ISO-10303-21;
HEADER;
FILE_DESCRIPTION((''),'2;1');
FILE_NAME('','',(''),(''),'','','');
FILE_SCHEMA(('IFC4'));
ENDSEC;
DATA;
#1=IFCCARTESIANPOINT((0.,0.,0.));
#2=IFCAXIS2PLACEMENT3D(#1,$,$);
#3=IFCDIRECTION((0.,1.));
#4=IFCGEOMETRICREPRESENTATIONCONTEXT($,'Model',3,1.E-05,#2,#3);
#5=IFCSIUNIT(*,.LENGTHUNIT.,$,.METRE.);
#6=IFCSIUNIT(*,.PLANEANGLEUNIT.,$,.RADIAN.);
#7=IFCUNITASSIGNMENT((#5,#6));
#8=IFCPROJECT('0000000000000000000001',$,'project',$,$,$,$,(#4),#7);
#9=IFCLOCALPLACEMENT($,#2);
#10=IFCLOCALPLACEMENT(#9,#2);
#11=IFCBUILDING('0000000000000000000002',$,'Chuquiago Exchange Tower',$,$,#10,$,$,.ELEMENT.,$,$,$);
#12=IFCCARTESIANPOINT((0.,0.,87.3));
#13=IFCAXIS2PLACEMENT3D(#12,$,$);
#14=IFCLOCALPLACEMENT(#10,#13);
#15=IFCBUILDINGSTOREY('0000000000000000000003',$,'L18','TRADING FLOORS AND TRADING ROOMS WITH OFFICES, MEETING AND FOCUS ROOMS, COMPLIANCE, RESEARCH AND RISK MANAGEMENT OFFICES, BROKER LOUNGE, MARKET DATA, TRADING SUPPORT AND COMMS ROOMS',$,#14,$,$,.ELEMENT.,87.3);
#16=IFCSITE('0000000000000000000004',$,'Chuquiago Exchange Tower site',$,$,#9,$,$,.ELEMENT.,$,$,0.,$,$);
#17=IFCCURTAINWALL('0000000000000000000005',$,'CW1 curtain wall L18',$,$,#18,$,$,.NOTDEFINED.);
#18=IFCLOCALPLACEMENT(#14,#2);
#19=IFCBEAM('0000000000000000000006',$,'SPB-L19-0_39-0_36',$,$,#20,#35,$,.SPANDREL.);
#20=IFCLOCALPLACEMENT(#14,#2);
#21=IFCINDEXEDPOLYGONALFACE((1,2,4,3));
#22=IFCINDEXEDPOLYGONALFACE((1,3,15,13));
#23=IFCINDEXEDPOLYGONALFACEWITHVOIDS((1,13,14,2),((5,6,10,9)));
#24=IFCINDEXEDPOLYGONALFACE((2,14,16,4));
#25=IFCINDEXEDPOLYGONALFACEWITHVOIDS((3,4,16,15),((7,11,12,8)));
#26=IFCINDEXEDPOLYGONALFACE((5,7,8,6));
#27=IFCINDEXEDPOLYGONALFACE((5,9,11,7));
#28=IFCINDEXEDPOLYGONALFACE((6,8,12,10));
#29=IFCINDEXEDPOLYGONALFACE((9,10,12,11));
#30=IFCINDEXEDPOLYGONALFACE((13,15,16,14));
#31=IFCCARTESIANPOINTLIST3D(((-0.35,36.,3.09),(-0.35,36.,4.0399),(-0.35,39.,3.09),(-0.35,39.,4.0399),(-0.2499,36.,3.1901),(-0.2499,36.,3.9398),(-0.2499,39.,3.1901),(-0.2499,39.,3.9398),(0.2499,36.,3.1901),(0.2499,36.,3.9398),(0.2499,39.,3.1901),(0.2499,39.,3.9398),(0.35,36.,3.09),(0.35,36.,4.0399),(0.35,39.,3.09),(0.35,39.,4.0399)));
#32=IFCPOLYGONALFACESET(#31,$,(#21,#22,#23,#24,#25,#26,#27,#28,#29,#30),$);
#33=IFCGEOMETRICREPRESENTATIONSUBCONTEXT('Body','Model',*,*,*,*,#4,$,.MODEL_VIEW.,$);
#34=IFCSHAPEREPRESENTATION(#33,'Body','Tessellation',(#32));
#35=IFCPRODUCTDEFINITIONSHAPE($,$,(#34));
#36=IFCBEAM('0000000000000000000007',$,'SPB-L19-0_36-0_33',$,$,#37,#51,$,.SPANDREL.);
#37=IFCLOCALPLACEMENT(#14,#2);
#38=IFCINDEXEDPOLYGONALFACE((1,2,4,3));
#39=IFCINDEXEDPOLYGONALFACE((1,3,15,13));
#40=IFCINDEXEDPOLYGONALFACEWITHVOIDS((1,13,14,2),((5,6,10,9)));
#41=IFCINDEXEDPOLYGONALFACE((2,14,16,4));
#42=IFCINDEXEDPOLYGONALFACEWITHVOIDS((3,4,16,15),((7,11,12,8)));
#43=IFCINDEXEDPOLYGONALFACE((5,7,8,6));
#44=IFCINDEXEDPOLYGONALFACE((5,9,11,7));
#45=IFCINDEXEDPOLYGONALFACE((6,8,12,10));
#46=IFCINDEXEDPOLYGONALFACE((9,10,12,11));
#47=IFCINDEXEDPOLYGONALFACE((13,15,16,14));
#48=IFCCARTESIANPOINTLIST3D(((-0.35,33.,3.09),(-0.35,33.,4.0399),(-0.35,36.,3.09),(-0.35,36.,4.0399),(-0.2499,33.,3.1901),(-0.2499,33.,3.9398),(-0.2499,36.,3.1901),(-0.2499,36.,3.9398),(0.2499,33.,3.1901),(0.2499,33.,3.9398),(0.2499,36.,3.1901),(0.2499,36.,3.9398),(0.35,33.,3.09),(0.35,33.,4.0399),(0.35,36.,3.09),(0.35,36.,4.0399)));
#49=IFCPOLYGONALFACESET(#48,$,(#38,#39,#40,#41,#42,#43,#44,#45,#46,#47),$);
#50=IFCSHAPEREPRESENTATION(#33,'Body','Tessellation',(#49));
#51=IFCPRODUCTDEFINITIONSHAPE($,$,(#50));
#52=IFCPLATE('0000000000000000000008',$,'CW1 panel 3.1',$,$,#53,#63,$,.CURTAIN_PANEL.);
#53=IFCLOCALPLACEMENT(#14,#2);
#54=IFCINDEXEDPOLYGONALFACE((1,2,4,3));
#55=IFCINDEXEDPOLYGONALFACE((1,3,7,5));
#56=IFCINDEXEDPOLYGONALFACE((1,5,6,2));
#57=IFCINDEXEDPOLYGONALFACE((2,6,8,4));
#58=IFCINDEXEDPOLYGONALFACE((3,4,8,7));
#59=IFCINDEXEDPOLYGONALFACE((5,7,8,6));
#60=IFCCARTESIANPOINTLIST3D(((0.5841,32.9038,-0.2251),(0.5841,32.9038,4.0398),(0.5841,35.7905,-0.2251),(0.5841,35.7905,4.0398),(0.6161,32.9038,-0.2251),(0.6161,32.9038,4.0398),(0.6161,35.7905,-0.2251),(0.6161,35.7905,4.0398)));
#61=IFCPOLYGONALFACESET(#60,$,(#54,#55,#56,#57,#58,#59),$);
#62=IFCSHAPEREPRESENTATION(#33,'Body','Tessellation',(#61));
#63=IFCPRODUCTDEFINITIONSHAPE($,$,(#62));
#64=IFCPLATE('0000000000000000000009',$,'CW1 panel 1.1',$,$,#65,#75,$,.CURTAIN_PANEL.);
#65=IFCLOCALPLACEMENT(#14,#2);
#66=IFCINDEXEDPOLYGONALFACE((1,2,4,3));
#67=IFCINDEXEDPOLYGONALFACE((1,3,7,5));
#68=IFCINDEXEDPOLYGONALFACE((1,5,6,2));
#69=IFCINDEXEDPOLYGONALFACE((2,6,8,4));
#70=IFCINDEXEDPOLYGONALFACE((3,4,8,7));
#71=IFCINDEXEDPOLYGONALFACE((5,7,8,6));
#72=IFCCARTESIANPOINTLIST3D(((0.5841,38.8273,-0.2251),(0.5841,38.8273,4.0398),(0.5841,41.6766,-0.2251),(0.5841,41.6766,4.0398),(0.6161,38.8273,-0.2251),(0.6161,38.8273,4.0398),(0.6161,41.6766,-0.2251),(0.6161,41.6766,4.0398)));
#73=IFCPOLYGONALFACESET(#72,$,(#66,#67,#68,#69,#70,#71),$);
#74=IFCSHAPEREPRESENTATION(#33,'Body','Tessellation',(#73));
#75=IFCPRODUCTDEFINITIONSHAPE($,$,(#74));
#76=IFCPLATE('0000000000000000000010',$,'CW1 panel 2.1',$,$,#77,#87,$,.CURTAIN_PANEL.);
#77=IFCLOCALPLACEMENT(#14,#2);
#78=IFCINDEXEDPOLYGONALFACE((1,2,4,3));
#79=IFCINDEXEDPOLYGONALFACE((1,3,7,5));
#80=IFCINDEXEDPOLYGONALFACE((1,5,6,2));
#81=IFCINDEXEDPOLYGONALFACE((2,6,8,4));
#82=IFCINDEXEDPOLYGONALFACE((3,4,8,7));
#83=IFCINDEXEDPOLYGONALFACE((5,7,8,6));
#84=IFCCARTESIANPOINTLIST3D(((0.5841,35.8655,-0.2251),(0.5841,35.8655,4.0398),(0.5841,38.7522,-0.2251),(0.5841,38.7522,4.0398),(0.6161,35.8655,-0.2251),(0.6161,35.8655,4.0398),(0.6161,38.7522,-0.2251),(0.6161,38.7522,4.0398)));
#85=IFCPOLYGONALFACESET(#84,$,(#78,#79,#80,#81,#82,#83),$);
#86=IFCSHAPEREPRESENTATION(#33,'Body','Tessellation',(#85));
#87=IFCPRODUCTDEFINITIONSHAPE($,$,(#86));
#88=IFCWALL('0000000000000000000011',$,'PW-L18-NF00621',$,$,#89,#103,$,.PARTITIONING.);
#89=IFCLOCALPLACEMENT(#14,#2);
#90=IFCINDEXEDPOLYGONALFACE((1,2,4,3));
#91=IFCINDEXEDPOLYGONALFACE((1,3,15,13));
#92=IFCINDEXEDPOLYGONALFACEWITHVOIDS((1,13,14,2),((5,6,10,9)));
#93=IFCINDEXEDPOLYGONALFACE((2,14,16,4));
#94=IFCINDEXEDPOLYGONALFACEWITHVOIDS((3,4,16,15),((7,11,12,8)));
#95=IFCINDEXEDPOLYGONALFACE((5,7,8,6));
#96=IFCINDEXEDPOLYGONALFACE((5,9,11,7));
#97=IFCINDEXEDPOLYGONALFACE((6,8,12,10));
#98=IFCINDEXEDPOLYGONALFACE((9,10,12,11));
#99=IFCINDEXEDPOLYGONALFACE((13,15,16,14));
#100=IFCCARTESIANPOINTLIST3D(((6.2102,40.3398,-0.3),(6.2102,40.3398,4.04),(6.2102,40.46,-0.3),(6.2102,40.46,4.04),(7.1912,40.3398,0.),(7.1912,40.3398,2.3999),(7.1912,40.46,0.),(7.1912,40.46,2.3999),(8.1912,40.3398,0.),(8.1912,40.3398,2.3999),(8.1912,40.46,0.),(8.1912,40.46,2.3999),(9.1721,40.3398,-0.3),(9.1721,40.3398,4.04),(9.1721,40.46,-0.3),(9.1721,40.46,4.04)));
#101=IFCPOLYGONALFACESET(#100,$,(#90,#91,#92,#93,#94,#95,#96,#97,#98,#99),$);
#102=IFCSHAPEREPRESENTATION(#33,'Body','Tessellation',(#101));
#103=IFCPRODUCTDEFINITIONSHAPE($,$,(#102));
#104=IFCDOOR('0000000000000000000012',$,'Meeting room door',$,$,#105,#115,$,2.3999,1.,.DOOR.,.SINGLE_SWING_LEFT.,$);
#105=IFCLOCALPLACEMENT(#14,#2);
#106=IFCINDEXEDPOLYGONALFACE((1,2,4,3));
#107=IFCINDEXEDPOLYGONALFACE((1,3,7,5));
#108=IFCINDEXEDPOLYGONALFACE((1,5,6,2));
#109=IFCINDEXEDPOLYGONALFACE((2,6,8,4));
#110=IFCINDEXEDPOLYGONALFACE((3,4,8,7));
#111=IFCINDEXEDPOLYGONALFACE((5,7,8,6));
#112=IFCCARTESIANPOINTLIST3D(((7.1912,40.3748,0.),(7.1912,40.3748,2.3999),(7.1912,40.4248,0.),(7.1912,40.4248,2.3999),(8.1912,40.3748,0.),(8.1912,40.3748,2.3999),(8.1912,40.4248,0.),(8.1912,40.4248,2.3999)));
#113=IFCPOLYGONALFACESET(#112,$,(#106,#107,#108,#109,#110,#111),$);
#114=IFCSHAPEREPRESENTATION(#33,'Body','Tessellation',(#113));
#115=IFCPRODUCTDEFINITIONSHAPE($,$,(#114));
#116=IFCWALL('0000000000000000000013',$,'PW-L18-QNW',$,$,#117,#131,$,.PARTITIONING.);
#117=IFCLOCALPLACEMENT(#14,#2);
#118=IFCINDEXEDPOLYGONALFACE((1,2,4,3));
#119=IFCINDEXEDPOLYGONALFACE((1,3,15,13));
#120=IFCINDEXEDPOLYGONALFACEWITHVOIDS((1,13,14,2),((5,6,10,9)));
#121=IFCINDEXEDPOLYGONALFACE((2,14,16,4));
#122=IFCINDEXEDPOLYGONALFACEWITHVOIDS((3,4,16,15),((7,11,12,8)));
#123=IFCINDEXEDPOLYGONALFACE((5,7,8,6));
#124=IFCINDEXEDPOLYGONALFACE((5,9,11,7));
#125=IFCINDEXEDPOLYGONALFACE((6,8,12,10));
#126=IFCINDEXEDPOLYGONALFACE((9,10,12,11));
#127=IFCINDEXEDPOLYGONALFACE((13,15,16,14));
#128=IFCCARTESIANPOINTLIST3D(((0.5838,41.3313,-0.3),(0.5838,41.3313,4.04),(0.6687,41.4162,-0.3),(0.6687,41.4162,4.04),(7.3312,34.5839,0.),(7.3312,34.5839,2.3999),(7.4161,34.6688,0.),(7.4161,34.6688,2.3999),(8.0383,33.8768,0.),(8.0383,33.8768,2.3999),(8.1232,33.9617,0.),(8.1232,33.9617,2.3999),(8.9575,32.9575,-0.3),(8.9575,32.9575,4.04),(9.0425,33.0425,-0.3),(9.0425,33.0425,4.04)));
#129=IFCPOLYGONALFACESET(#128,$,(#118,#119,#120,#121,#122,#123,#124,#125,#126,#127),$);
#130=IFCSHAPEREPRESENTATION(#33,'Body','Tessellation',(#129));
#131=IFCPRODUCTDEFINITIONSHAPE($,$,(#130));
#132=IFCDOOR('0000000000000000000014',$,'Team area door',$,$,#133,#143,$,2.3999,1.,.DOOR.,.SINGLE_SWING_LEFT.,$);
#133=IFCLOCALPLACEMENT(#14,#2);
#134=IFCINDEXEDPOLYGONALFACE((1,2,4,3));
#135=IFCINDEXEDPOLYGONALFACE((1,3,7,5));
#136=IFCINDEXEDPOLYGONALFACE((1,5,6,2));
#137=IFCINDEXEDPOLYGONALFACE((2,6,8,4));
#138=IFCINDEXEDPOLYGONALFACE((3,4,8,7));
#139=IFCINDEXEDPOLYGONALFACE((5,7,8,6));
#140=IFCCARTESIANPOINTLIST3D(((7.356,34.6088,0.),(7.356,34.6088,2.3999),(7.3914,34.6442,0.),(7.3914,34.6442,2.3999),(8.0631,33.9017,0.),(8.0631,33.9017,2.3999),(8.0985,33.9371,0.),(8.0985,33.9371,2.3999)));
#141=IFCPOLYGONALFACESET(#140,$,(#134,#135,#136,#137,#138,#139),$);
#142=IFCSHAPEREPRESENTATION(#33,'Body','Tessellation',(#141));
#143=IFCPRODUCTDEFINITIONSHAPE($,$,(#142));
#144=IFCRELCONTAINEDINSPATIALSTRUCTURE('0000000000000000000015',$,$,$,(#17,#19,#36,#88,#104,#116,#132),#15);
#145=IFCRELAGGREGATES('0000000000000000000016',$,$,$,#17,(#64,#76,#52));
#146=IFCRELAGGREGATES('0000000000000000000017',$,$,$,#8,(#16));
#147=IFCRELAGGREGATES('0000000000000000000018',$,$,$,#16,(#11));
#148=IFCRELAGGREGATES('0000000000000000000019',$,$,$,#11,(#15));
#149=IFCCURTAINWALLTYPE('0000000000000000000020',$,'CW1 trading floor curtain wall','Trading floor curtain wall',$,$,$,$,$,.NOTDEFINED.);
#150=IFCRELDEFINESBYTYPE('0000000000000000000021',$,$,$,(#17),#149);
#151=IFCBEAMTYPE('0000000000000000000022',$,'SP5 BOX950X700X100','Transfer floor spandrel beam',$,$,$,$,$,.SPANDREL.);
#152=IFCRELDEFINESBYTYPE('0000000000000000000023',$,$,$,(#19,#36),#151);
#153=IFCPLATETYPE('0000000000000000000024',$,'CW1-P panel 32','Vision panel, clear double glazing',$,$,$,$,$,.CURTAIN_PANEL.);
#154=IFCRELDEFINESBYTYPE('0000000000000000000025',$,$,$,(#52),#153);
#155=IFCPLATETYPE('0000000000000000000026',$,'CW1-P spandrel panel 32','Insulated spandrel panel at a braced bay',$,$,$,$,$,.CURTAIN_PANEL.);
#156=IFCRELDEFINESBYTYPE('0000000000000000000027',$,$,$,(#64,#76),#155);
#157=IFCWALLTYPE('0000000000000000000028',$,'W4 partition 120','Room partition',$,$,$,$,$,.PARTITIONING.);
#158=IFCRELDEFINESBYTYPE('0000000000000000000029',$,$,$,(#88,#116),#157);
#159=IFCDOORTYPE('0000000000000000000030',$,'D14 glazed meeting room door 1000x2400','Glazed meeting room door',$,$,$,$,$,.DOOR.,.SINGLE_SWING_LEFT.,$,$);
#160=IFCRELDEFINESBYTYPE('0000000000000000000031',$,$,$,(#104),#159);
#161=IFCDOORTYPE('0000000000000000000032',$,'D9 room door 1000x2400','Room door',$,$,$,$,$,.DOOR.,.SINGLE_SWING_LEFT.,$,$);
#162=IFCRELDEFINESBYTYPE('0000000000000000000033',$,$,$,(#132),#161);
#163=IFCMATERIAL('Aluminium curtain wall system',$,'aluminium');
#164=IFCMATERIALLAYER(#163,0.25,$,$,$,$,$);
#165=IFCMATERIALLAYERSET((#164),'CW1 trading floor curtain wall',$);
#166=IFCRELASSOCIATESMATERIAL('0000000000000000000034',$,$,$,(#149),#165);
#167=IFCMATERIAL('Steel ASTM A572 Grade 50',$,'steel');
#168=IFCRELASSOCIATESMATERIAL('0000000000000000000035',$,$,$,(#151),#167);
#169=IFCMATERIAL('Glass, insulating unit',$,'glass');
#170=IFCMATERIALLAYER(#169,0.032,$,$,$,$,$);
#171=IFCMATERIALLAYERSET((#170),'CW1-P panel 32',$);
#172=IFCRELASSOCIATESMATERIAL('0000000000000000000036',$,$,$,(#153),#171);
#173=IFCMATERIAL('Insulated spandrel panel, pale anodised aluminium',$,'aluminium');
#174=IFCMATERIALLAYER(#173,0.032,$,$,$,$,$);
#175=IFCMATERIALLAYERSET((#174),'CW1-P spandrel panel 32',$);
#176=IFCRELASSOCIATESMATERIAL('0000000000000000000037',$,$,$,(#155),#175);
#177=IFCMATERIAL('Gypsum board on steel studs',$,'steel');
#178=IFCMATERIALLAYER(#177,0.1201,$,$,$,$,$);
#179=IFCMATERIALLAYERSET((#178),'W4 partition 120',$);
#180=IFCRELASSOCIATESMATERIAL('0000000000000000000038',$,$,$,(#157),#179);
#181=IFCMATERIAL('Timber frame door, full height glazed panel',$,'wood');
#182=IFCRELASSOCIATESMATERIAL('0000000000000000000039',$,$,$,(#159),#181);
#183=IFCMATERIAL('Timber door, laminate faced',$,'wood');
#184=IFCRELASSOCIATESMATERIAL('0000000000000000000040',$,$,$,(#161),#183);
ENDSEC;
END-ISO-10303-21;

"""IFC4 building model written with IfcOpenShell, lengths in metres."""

from ifc_helpers import new_model, si_unit, direction, frame, frame_2d, origin, origin_2d, place, context, subcontext, project, spatial, rectangle, hollow_rectangle, extrude, material, layer, layer_set, material_profile, profile_set, type_object, element, fill, aggregate, save


model = new_model("IFC4")

# Units and contexts
model_context = context("Model", 3, precision=1e-05, world=origin(), true_north=direction((0.0, 1.0)))
body_context = subcontext(model_context, "Body", "Model", "MODEL_VIEW")
ifc_project = project(units=[si_unit("LENGTHUNIT", "METRE"), si_unit("PLANEANGLEUNIT", "RADIAN")], contexts=[model_context])

# Site, building, storey
site_placement = place(None, origin())
site = spatial("IfcSite", under=ifc_project, at=site_placement, Name="Chuquiago Exchange Tower site", CompositionType="ELEMENT", RefElevation=0.0)
building_placement = place(site_placement, origin())
building = spatial("IfcBuilding", under=site, at=building_placement, Name="Chuquiago Exchange Tower", CompositionType="ELEMENT")
storey_placement = place(building_placement, frame((0.0, 0.0, 87.3)))
storey = spatial("IfcBuildingStorey", under=building, at=storey_placement, Name="L18", Description="TRADING FLOORS AND TRADING ROOMS WITH OFFICES, MEETING AND FOCUS ROOMS, COMPLIANCE, RESEARCH AND RISK MANAGEMENT OFFICES, BROKER LOUNGE, MARKET DATA, TRADING SUPPORT AND COMMS ROOMS", CompositionType="ELEMENT", Elevation=87.3)

# Curtain wall
ifc_material_1 = material(Name="Aluminium curtain wall system", Category="aluminium")
ifc_layer_1 = layer(ifc_material_1, 0.25)
ifc_layer_set_1 = layer_set([ifc_layer_1], Name="CW1 trading floor curtain wall")
curtain_wall_type_1 = type_object("IfcCurtainWallType", Name="CW1 trading floor curtain wall", Description="Trading floor curtain wall", PredefinedType="NOTDEFINED", material=ifc_layer_set_1)
curtain_wall_1_placement = place(storey_placement, origin())
curtain_wall_1 = element("IfcCurtainWall", 1, at=curtain_wall_1_placement, inside=storey, type_object=curtain_wall_type_1, Name="CW1 curtain wall L18", PredefinedType="NOTDEFINED")

# Beams
ifc_material_2 = material(Name="Steel ASTM A572 Grade 50", Category="steel")
ifc_material_profile_1 = material_profile(ifc_material_2, hollow_rectangle(XDim=0.7, YDim=0.95, WallThickness=0.1001, at=origin_2d()), Name="BOX950X700X100")
ifc_profile_set_1 = profile_set([ifc_material_profile_1], Name="Steel ASTM A572 Grade 50")
beam_type = type_object("IfcBeamType", Name="SP5 BOX950X700X100", Description="Transfer floor spandrel beam", PredefinedType="SPANDREL", material=ifc_profile_set_1)
for number, where, z_axis, x_axis, name in (
    (2, (0.0, 39.0, 3.5649), (0.0, -1.0, 0.0), (1.0, 0.0, 0.0), "SPB-L19-0_39-0_36"),
    (3, (0.0, 36.0, 3.5649), (0.0, -1.0, 0.0), (1.0, 0.0, 0.0), "SPB-L19-0_36-0_33"),
):
    element("IfcBeam", number, at=place(storey_placement, frame(where, z_axis=z_axis, x_axis=x_axis)), inside=storey, type_object=beam_type, Name=name, PredefinedType="SPANDREL", context=body_context, shape_type="SweptSolid", body=[
        extrude(hollow_rectangle(XDim=0.7, YDim=0.95, WallThickness=0.1001, at=origin_2d()), origin(), (0.0, 0.0, 1.0), 3.0),
    ])

# Plates
ifc_material_3 = material(Name="Glass, insulating unit", Category="glass")
ifc_layer_2 = layer(ifc_material_3, 0.032)
ifc_layer_set_2 = layer_set([ifc_layer_2], Name="CW1-P panel 32")
plate_type_1 = type_object("IfcPlateType", Name="CW1-P panel 32", Description="Vision panel, clear double glazing", PredefinedType="CURTAIN_PANEL", material=ifc_layer_set_2)
plate_1_placement = place(storey_placement, frame((0.6001, 34.3472, -0.2251), z_axis=(0.0, 0.0, 1.0), x_axis=(0.0, -1.0, 0.0)))
plate_1 = element("IfcPlate", 4, at=plate_1_placement, type_object=plate_type_1, Name="CW1 panel 3.1", PredefinedType="CURTAIN_PANEL", context=body_context, shape_type="SweptSolid", body=[
    extrude(rectangle(XDim=2.8867, YDim=0.032, at=origin_2d()), origin(), (0.0, 0.0, 1.0), 4.2649),
])
ifc_material_4 = material(Name="Insulated spandrel panel, pale anodised aluminium", Category="aluminium")
ifc_layer_3 = layer(ifc_material_4, 0.032)
ifc_layer_set_3 = layer_set([ifc_layer_3], Name="CW1-P spandrel panel 32")
plate_type_2 = type_object("IfcPlateType", Name="CW1-P spandrel panel 32", Description="Insulated spandrel panel at a braced bay", PredefinedType="CURTAIN_PANEL", material=ifc_layer_set_3)
plate_2_placement = place(storey_placement, frame((0.6001, 40.252, -0.2251), z_axis=(0.0, 0.0, 1.0), x_axis=(0.0, -1.0, 0.0)))
plate_2 = element("IfcPlate", 5, at=plate_2_placement, type_object=plate_type_2, Name="CW1 panel 1.1", PredefinedType="CURTAIN_PANEL", context=body_context, shape_type="SweptSolid", body=[
    extrude(rectangle(XDim=2.8494, YDim=0.032, at=origin_2d()), origin(), (0.0, 0.0, 1.0), 4.2649),
])
plate_3_placement = place(storey_placement, frame((0.6001, 37.3088, -0.2251), z_axis=(0.0, 0.0, 1.0), x_axis=(0.0, -1.0, 0.0)))
plate_3 = element("IfcPlate", 6, at=plate_3_placement, type_object=plate_type_2, Name="CW1 panel 2.1", PredefinedType="CURTAIN_PANEL", context=body_context, shape_type="SweptSolid", body=[
    extrude(rectangle(XDim=2.8867, YDim=0.032, at=origin_2d()), origin(), (0.0, 0.0, 1.0), 4.2649),
])
aggregate(curtain_wall_1, [plate_2, plate_3, plate_1])

# Walls, openings, doors
ifc_material_5 = material(Name="Gypsum board on steel studs", Category="steel")
ifc_layer_4 = layer(ifc_material_5, 0.1201)
ifc_layer_set_4 = layer_set([ifc_layer_4], Name="W4 partition 120")
wall_type = type_object("IfcWallType", Name="W4 partition 120", Description="Room partition", PredefinedType="PARTITIONING", material=ifc_layer_set_4)
wall_1_placement = place(storey_placement, frame((6.2102, 40.3999, -0.3), z_axis=(0.0, 0.0, 1.0), x_axis=(1.0, 0.0, 0.0)))
wall_1 = element("IfcWall", 7, at=wall_1_placement, inside=storey, type_object=wall_type, Name="PW-L18-NF00621", PredefinedType="PARTITIONING", context=body_context, shape_type="SweptSolid", body=[
    extrude(rectangle(XDim=2.9619, YDim=0.1201, at=frame_2d((1.481, 0.0))), origin(), (0.0, 0.0, 1.0), 4.3401),
])
opening_1_placement = place(wall_1_placement, frame((0.981, 0.0, 0.3)))
opening_1 = element("IfcOpeningElement", 8, at=opening_1_placement, cuts=wall_1, PredefinedType="OPENING", context=body_context, shape_type="SweptSolid", body=[
    extrude(rectangle(XDim=1.0, YDim=2.3999, at=frame_2d((0.5, 1.2))), frame((0.0, 0.0701, 0.0), z_axis=(0.0, -1.0, 0.0), x_axis=(1.0, 0.0, 0.0)), (0.0, 0.0, 1.0), 0.1401),
])
ifc_material_6 = material(Name="Timber frame door, full height glazed panel", Category="wood")
door_type_1 = type_object("IfcDoorType", Name="D14 glazed meeting room door 1000x2400", Description="Glazed meeting room door", OperationType="SINGLE_SWING_LEFT", PredefinedType="DOOR", material=ifc_material_6)
door_1_placement = place(opening_1_placement, origin())
door_1 = element("IfcDoor", 9, at=door_1_placement, inside=storey, type_object=door_type_1, Name="Meeting room door", OperationType="SINGLE_SWING_LEFT", OverallHeight=2.3999, OverallWidth=1.0, PredefinedType="DOOR", context=body_context, shape_type="SweptSolid", body=[
    extrude(rectangle(XDim=1.0, YDim=2.3999, at=frame_2d((0.5, 1.2))), frame((0.0, 0.0249, 0.0), z_axis=(0.0, -1.0, 0.0), x_axis=(1.0, 0.0, 0.0)), (0.0, 0.0, 1.0), 0.05),
])
fill(opening_1, door_1)
wall_2_placement = place(storey_placement, frame((9.0, 33.0, -0.3), z_axis=(0.0, 0.0, 1.0), x_axis=(-0.707107, 0.707107, 0.0)))
wall_2 = element("IfcWall", 10, at=wall_2_placement, inside=storey, type_object=wall_type, Name="PW-L18-QNW", PredefinedType="PARTITIONING", context=body_context, shape_type="SweptSolid", body=[
    extrude(rectangle(XDim=11.8423, YDim=0.1201, at=frame_2d((5.9211, 0.0))), origin(), (0.0, 0.0, 1.0), 4.3401),
])
opening_2_placement = place(wall_2_placement, frame((1.3, 0.0, 0.3)))
opening_2 = element("IfcOpeningElement", 11, at=opening_2_placement, cuts=wall_2, PredefinedType="OPENING", context=body_context, shape_type="SweptSolid", body=[
    extrude(rectangle(XDim=1.0, YDim=2.3999, at=frame_2d((0.5, 1.2))), frame((0.0, 0.0701, 0.0), z_axis=(0.0, -1.0, 0.0), x_axis=(1.0, 0.0, 0.0)), (0.0, 0.0, 1.0), 0.1401),
])
ifc_material_7 = material(Name="Timber door, laminate faced", Category="wood")
door_type_2 = type_object("IfcDoorType", Name="D9 room door 1000x2400", Description="Room door", OperationType="SINGLE_SWING_LEFT", PredefinedType="DOOR", material=ifc_material_7)
door_2_placement = place(opening_2_placement, origin())
door_2 = element("IfcDoor", 12, at=door_2_placement, inside=storey, type_object=door_type_2, Name="Team area door", OperationType="SINGLE_SWING_LEFT", OverallHeight=2.3999, OverallWidth=1.0, PredefinedType="DOOR", context=body_context, shape_type="SweptSolid", body=[
    extrude(rectangle(XDim=1.0, YDim=2.3999, at=frame_2d((0.5, 1.2))), frame((0.0, 0.0249, 0.0), z_axis=(0.0, -1.0, 0.0), x_axis=(1.0, 0.0, 0.0)), (0.0, 0.0, 1.0), 0.05),
])
fill(opening_2, door_2)

save(model, "model.ifc")
